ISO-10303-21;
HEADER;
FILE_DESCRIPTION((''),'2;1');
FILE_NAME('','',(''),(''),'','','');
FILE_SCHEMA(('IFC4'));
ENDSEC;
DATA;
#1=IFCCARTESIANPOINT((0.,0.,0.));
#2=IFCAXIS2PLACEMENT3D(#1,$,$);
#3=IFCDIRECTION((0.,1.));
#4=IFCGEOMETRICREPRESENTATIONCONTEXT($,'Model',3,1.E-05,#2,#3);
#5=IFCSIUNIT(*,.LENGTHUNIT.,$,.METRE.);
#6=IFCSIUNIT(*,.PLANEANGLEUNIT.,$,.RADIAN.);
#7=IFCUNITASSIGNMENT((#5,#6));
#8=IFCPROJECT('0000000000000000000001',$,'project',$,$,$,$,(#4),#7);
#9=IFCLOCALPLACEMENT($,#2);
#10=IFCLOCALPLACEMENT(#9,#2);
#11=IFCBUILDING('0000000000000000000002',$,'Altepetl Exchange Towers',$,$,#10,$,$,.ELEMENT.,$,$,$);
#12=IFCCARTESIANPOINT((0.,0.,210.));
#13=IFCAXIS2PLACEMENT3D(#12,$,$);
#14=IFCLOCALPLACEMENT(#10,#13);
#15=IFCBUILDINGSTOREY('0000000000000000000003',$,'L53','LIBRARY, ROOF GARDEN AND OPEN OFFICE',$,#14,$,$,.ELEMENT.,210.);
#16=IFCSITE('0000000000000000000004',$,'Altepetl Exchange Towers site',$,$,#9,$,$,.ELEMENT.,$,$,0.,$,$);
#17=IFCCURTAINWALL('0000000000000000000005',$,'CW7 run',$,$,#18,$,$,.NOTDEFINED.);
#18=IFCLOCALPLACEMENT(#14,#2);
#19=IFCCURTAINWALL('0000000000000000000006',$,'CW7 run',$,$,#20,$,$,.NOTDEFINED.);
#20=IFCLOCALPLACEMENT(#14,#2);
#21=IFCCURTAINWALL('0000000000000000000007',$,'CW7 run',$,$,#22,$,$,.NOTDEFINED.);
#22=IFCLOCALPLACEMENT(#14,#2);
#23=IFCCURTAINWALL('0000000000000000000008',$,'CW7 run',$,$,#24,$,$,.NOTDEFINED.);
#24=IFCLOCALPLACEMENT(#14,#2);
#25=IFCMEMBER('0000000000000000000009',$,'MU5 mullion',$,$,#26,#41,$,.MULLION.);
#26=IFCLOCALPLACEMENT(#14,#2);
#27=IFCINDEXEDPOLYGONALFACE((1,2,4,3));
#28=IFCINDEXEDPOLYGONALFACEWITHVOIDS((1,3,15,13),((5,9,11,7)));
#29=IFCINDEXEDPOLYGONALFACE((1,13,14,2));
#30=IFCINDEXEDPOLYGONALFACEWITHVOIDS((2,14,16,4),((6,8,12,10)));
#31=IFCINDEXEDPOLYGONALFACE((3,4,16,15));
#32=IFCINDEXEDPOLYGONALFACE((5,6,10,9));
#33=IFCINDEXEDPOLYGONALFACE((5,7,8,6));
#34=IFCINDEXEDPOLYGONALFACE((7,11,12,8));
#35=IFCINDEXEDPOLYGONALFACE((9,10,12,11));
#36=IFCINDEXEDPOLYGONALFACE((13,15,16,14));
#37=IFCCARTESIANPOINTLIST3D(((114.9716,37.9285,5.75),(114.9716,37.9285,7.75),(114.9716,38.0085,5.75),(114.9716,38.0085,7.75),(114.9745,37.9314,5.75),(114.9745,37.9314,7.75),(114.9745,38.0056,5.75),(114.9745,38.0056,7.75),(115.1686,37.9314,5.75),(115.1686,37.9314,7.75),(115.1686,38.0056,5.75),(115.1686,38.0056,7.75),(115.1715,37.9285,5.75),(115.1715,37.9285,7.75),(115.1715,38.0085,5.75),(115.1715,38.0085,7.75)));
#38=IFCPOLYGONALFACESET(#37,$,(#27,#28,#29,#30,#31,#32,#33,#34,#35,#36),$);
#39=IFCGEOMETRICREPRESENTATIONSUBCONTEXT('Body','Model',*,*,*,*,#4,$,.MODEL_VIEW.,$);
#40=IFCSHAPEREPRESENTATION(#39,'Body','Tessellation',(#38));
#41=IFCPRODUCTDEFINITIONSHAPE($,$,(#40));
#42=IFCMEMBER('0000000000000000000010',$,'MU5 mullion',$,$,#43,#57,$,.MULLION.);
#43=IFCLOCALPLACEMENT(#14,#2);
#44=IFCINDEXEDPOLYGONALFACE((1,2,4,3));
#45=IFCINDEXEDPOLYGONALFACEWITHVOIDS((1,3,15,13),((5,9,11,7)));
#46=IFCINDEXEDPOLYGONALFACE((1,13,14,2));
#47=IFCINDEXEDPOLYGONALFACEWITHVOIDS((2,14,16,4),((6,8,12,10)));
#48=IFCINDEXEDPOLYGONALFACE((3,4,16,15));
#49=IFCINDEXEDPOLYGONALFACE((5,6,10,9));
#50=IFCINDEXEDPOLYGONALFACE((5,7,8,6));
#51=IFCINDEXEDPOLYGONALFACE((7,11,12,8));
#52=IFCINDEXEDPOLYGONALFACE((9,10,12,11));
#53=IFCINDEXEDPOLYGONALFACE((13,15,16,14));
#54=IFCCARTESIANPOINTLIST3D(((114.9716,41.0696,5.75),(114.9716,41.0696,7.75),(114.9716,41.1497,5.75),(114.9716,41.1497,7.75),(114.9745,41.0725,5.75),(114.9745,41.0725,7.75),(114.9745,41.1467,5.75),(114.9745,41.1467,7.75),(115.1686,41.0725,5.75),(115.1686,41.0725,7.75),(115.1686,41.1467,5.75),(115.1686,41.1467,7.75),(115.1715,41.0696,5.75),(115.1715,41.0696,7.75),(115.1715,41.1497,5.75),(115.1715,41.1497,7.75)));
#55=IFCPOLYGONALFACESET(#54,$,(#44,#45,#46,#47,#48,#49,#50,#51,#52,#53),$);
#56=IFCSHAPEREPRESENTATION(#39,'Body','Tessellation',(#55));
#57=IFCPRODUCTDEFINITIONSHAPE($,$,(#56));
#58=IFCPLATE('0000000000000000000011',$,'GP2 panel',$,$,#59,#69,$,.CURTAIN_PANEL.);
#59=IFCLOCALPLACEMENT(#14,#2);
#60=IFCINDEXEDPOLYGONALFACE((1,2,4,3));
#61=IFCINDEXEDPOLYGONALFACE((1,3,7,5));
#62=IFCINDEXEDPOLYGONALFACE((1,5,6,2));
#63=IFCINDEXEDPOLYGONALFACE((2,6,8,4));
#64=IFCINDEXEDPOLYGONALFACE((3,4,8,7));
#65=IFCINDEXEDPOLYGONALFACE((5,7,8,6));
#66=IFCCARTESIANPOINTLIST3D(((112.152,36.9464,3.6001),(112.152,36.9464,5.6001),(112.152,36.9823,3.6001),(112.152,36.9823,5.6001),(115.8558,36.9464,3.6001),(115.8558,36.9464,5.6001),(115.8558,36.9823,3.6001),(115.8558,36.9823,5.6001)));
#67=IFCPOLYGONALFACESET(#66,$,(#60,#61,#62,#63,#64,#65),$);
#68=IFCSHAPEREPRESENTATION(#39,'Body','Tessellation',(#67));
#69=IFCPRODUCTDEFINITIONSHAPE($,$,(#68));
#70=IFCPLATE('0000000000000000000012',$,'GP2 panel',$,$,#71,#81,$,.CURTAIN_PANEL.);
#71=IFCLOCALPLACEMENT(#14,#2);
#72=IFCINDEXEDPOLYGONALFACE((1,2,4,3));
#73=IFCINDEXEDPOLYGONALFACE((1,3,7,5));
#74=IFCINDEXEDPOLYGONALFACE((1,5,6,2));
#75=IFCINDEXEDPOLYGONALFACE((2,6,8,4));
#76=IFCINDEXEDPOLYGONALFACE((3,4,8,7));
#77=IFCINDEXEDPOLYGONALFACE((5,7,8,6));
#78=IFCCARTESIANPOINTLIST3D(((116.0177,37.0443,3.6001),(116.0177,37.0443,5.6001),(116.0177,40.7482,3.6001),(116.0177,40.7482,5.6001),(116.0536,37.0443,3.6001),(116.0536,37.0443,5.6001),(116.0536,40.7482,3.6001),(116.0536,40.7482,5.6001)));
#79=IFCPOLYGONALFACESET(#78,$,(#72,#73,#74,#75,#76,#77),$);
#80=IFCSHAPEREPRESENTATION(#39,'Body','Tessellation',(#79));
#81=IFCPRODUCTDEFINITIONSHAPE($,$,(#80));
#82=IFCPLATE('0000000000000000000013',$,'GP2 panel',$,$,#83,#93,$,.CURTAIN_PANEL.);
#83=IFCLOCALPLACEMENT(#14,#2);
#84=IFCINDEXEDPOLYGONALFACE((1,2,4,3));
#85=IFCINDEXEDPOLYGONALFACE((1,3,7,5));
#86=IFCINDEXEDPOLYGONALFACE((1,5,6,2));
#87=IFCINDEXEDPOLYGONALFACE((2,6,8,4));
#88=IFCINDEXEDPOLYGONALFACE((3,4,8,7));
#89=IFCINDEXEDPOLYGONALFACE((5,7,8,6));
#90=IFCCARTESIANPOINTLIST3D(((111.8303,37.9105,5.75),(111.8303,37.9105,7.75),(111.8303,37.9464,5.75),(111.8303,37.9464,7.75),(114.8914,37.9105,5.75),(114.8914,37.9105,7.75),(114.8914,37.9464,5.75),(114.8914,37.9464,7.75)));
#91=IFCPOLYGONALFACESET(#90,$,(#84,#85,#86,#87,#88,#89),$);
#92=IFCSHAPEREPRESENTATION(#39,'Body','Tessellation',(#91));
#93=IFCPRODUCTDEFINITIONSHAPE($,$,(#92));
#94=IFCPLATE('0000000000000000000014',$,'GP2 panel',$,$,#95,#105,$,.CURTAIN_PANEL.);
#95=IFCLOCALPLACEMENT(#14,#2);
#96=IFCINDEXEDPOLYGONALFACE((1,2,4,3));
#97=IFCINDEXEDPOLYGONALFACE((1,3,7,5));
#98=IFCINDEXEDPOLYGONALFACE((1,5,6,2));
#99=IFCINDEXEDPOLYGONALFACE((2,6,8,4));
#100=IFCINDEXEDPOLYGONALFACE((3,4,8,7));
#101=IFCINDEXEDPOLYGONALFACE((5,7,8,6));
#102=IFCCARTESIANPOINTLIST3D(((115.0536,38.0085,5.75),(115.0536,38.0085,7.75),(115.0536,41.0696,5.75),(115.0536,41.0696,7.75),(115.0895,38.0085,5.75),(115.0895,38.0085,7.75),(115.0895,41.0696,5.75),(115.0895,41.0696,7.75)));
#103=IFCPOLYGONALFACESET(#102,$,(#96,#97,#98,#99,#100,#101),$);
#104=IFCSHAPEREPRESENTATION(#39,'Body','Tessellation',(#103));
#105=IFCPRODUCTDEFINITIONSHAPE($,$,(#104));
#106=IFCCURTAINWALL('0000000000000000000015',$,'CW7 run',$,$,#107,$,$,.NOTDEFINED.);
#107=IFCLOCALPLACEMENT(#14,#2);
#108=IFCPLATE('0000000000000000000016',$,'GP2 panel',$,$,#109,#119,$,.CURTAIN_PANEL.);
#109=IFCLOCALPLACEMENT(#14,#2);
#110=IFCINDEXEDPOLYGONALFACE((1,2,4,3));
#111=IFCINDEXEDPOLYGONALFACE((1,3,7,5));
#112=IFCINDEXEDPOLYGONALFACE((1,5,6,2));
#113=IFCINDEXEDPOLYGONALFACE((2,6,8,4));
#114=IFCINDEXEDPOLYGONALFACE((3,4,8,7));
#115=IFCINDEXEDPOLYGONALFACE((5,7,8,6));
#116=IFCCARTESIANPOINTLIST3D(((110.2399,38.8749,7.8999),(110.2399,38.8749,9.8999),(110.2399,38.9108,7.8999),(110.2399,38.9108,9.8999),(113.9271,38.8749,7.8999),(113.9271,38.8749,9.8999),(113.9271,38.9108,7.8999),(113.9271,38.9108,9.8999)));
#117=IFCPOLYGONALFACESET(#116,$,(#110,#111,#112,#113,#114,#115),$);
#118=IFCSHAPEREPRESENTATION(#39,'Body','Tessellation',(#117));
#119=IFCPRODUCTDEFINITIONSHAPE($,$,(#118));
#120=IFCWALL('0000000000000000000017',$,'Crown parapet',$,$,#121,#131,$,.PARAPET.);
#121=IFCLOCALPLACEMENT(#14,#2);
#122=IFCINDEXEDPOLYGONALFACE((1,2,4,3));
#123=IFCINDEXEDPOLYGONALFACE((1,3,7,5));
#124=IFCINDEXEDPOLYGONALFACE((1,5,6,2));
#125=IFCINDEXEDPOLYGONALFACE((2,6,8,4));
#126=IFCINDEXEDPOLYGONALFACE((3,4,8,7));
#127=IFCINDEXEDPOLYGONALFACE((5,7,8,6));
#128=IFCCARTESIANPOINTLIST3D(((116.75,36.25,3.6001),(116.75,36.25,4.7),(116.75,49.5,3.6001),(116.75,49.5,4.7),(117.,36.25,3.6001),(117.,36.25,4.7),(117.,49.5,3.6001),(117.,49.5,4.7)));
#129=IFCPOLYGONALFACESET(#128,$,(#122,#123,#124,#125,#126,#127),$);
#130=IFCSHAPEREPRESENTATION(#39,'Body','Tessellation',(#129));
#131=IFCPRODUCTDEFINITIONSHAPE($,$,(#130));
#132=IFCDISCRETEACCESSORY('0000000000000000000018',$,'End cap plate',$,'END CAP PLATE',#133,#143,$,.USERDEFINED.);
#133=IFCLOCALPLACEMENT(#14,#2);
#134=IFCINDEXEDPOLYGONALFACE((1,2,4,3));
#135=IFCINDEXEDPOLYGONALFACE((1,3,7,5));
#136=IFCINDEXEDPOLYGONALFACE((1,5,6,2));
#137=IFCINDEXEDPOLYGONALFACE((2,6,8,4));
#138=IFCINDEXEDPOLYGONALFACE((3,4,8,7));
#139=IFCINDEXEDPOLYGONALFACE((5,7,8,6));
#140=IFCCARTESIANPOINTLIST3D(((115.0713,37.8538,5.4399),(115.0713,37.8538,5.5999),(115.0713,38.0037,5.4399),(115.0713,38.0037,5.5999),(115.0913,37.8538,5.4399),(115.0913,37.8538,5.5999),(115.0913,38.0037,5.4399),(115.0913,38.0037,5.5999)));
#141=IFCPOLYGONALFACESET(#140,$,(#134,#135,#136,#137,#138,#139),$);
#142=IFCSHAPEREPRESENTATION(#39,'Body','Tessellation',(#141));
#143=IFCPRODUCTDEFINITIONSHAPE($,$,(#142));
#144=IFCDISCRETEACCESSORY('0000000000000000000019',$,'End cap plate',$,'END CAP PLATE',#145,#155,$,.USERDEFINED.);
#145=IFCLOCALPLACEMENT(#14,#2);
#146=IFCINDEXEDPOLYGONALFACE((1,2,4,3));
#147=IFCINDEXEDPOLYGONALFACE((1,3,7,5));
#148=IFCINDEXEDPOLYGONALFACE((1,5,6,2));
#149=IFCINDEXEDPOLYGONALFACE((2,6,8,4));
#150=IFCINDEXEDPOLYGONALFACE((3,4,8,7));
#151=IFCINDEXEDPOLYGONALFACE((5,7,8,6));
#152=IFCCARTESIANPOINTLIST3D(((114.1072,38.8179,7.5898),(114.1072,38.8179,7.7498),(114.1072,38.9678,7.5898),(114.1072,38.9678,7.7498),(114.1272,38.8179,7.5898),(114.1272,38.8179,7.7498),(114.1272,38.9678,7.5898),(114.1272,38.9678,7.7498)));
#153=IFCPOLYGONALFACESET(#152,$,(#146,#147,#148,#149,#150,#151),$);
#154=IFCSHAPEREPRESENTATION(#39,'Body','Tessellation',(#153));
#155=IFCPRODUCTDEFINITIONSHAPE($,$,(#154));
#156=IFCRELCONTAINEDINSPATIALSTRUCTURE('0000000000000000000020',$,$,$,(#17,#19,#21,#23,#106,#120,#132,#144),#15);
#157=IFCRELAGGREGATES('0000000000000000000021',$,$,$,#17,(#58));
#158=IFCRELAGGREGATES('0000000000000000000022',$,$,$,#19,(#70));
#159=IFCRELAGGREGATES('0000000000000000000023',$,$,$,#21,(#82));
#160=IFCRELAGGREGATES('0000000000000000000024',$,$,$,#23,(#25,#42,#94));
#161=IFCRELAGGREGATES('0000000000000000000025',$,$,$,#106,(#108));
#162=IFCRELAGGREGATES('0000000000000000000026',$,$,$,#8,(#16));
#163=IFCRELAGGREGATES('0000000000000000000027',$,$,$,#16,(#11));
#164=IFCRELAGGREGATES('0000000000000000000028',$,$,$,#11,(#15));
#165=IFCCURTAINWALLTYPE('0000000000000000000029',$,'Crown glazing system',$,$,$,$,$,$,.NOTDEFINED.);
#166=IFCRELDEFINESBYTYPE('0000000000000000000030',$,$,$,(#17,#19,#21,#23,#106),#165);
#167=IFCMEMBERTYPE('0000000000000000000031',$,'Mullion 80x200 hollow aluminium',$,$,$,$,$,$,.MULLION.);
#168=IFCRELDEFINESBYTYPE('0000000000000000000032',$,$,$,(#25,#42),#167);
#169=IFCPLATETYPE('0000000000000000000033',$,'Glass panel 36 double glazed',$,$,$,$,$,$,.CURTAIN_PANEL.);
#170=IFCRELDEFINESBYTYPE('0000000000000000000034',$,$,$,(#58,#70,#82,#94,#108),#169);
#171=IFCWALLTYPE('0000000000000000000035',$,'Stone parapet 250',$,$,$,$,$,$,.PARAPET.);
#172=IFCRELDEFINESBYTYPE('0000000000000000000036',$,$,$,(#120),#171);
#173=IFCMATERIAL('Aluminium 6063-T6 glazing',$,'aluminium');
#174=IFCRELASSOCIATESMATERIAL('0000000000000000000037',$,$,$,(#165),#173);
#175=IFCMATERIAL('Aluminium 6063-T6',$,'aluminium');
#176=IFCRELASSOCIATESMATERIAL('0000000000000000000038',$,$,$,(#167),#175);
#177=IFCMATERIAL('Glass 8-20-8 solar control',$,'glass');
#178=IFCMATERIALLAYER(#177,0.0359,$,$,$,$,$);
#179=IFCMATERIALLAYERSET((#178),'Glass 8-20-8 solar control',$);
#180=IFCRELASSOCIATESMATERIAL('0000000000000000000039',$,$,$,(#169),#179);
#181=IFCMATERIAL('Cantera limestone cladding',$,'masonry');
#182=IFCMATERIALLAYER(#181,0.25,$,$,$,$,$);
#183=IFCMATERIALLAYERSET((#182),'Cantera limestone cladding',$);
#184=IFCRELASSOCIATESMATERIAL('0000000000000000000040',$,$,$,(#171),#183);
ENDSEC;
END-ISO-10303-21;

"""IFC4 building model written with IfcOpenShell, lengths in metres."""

from ifc_helpers import new_model, si_unit, direction, frame, frame_2d, origin, origin_2d, place, context, subcontext, project, spatial, rectangle, hollow_rectangle, extrude, material, layer, layer_set, material_profile, profile_set, type_object, element, aggregate, save


model = new_model("IFC4")

# Units and contexts
model_context = context("Model", 3, precision=1e-05, world=origin(), true_north=direction((0.0, 1.0)))
body_context = subcontext(model_context, "Body", "Model", "MODEL_VIEW")
ifc_project = project(units=[si_unit("LENGTHUNIT", "METRE"), si_unit("PLANEANGLEUNIT", "RADIAN")], contexts=[model_context])

# Site, building, storey
site_placement = place(None, origin())
site = spatial("IfcSite", under=ifc_project, at=site_placement, Name="Altepetl Exchange Towers site", CompositionType="ELEMENT", RefElevation=0.0)
building_placement = place(site_placement, origin())
building = spatial("IfcBuilding", under=site, at=building_placement, Name="Altepetl Exchange Towers", CompositionType="ELEMENT")
storey_placement = place(building_placement, frame((0.0, 0.0, 210.0)))
storey = spatial("IfcBuildingStorey", under=building, at=storey_placement, Name="L53", Description="LIBRARY, ROOF GARDEN AND OPEN OFFICE", CompositionType="ELEMENT", Elevation=210.0)

# Curtain wall
ifc_material_1 = material(Name="Aluminium 6063-T6 glazing", Category="aluminium")
curtain_wall_type = type_object("IfcCurtainWallType", Name="Crown glazing system", PredefinedType="NOTDEFINED", material=ifc_material_1)
curtain_wall_1_placement = place(storey_placement, origin())
curtain_wall_1 = element("IfcCurtainWall", 1, at=curtain_wall_1_placement, inside=storey, type_object=curtain_wall_type, Name="CW7 run", PredefinedType="NOTDEFINED")
ifc_material_2 = material(Name="Aluminium 6063-T6", Category="aluminium")
ifc_material_profile_1 = material_profile(ifc_material_2, hollow_rectangle(XDim=0.0801, YDim=0.2, WallThickness=0.0029, at=origin_2d()), Name="Mullion 80x200 hollow aluminium")
ifc_profile_set_1 = profile_set([ifc_material_profile_1], Name="Aluminium 6063-T6")
member_type = type_object("IfcMemberType", Name="Mullion 80x200 hollow aluminium", PredefinedType="MULLION", material=ifc_profile_set_1)

# Curtain walls, members
curtain_wall_2_placement = place(storey_placement, origin())
curtain_wall_2 = element("IfcCurtainWall", 2, at=curtain_wall_2_placement, inside=storey, type_object=curtain_wall_type, Name="CW7 run", PredefinedType="NOTDEFINED")
curtain_wall_3_placement = place(storey_placement, origin())
curtain_wall_3 = element("IfcCurtainWall", 3, at=curtain_wall_3_placement, inside=storey, type_object=curtain_wall_type, Name="CW7 run", PredefinedType="NOTDEFINED")
curtain_wall_4_placement = place(storey_placement, origin())
curtain_wall_4 = element("IfcCurtainWall", 4, at=curtain_wall_4_placement, inside=storey, type_object=curtain_wall_type, Name="CW7 run", PredefinedType="NOTDEFINED")
member_1_placement = place(storey_placement, frame((115.0715, 37.9685, 5.75), z_axis=(0.0, 0.0, 1.0), x_axis=(0.0, 1.0, 0.0)))
member_1 = element("IfcMember", 5, at=member_1_placement, type_object=member_type, Name="MU5 mullion", PredefinedType="MULLION", context=body_context, shape_type="SweptSolid", body=[
    extrude(hollow_rectangle(XDim=0.0801, YDim=0.2, WallThickness=0.0029, at=origin_2d()), origin(), (0.0, 0.0, 1.0), 2.0),
])
member_2_placement = place(storey_placement, frame((115.0715, 41.1096, 5.75), z_axis=(0.0, 0.0, 1.0), x_axis=(0.0, 1.0, 0.0)))
member_2 = element("IfcMember", 6, at=member_2_placement, type_object=member_type, Name="MU5 mullion", PredefinedType="MULLION", context=body_context, shape_type="SweptSolid", body=[
    extrude(hollow_rectangle(XDim=0.0801, YDim=0.2, WallThickness=0.0029, at=origin_2d()), origin(), (0.0, 0.0, 1.0), 2.0),
])

# Plates
ifc_material_3 = material(Name="Glass 8-20-8 solar control", Category="glass")
ifc_layer_1 = layer(ifc_material_3, 0.0359)
ifc_layer_set_1 = layer_set([ifc_layer_1], Name="Glass 8-20-8 solar control")
plate_type = type_object("IfcPlateType", Name="Glass panel 36 double glazed", PredefinedType="CURTAIN_PANEL", material=ifc_layer_set_1)
plate_1_placement = place(storey_placement, frame((114.0039, 36.9644, 3.6001)))
plate_1 = element("IfcPlate", 7, at=plate_1_placement, type_object=plate_type, Name="GP2 panel", PredefinedType="CURTAIN_PANEL", context=body_context, shape_type="SweptSolid", body=[
    extrude(rectangle(XDim=3.7039, YDim=0.0359, at=origin_2d()), origin(), (0.0, 0.0, 1.0), 2.0),
])
aggregate(curtain_wall_1, [plate_1])
plate_2_placement = place(storey_placement, frame((116.0356, 38.8962, 3.6001), z_axis=(0.0, 0.0, 1.0), x_axis=(0.0, 1.0, 0.0)))
plate_2 = element("IfcPlate", 8, at=plate_2_placement, type_object=plate_type, Name="GP2 panel", PredefinedType="CURTAIN_PANEL", context=body_context, shape_type="SweptSolid", body=[
    extrude(rectangle(XDim=3.7039, YDim=0.0359, at=origin_2d()), origin(), (0.0, 0.0, 1.0), 2.0),
])
aggregate(curtain_wall_2, [plate_2])
plate_3_placement = place(storey_placement, frame((113.3608, 37.9285, 5.75)))
plate_3 = element("IfcPlate", 9, at=plate_3_placement, type_object=plate_type, Name="GP2 panel", PredefinedType="CURTAIN_PANEL", context=body_context, shape_type="SweptSolid", body=[
    extrude(rectangle(XDim=3.061, YDim=0.0359, at=origin_2d()), origin(), (0.0, 0.0, 1.0), 2.0),
])
aggregate(curtain_wall_3, [plate_3])
plate_4_placement = place(storey_placement, frame((115.0715, 39.5391, 5.75), z_axis=(0.0, 0.0, 1.0), x_axis=(0.0, 1.0, 0.0)))
plate_4 = element("IfcPlate", 10, at=plate_4_placement, type_object=plate_type, Name="GP2 panel", PredefinedType="CURTAIN_PANEL", context=body_context, shape_type="SweptSolid", body=[
    extrude(rectangle(XDim=3.061, YDim=0.0359, at=origin_2d()), origin(), (0.0, 0.0, 1.0), 2.0),
])
aggregate(curtain_wall_4, [member_1, member_2, plate_4])

# Curtain wall, plate
curtain_wall_5_placement = place(storey_placement, origin())
curtain_wall_5 = element("IfcCurtainWall", 11, at=curtain_wall_5_placement, inside=storey, type_object=curtain_wall_type, Name="CW7 run", PredefinedType="NOTDEFINED")
plate_5_placement = place(storey_placement, frame((112.0835, 38.8928, 7.8999)))
plate_5 = element("IfcPlate", 12, at=plate_5_placement, type_object=plate_type, Name="GP2 panel", PredefinedType="CURTAIN_PANEL", context=body_context, shape_type="SweptSolid", body=[
    extrude(rectangle(XDim=3.6873, YDim=0.0359, at=origin_2d()), origin(), (0.0, 0.0, 1.0), 2.0),
])
aggregate(curtain_wall_5, [plate_5])

# Wall
ifc_material_4 = material(Name="Cantera limestone cladding", Category="masonry")
ifc_layer_2 = layer(ifc_material_4, 0.25)
ifc_layer_set_2 = layer_set([ifc_layer_2], Name="Cantera limestone cladding")
wall_type = type_object("IfcWallType", Name="Stone parapet 250", PredefinedType="PARAPET", material=ifc_layer_set_2)
wall_placement = place(storey_placement, frame((116.875, 36.25, 3.6001), z_axis=(0.0, 0.0, 1.0), x_axis=(0.0, 1.0, 0.0)))
element("IfcWall", 13, at=wall_placement, inside=storey, type_object=wall_type, Name="Crown parapet", PredefinedType="PARAPET", context=body_context, shape_type="SweptSolid", body=[
    extrude(rectangle(XDim=13.25, YDim=0.25, at=frame_2d((6.625, 0.0))), origin(), (0.0, 0.0, 1.0), 1.0999),
])

# Discrete accessories
for number, where, name in (
    (14, (115.0813, 37.9287, 5.4399), "End cap plate"),
    (15, (114.1172, 38.8928, 7.5898), "End cap plate"),
):
    element("IfcDiscreteAccessory", number, at=place(storey_placement, frame(where)), inside=storey, Name=name, ObjectType="END CAP PLATE", PredefinedType="USERDEFINED", context=body_context, shape_type="SweptSolid", body=[
        extrude(rectangle(XDim=0.02, YDim=0.1499, at=origin_2d()), origin(), (0.0, 0.0, 1.0), 0.1599),
    ])

save(model, "model.ifc")
